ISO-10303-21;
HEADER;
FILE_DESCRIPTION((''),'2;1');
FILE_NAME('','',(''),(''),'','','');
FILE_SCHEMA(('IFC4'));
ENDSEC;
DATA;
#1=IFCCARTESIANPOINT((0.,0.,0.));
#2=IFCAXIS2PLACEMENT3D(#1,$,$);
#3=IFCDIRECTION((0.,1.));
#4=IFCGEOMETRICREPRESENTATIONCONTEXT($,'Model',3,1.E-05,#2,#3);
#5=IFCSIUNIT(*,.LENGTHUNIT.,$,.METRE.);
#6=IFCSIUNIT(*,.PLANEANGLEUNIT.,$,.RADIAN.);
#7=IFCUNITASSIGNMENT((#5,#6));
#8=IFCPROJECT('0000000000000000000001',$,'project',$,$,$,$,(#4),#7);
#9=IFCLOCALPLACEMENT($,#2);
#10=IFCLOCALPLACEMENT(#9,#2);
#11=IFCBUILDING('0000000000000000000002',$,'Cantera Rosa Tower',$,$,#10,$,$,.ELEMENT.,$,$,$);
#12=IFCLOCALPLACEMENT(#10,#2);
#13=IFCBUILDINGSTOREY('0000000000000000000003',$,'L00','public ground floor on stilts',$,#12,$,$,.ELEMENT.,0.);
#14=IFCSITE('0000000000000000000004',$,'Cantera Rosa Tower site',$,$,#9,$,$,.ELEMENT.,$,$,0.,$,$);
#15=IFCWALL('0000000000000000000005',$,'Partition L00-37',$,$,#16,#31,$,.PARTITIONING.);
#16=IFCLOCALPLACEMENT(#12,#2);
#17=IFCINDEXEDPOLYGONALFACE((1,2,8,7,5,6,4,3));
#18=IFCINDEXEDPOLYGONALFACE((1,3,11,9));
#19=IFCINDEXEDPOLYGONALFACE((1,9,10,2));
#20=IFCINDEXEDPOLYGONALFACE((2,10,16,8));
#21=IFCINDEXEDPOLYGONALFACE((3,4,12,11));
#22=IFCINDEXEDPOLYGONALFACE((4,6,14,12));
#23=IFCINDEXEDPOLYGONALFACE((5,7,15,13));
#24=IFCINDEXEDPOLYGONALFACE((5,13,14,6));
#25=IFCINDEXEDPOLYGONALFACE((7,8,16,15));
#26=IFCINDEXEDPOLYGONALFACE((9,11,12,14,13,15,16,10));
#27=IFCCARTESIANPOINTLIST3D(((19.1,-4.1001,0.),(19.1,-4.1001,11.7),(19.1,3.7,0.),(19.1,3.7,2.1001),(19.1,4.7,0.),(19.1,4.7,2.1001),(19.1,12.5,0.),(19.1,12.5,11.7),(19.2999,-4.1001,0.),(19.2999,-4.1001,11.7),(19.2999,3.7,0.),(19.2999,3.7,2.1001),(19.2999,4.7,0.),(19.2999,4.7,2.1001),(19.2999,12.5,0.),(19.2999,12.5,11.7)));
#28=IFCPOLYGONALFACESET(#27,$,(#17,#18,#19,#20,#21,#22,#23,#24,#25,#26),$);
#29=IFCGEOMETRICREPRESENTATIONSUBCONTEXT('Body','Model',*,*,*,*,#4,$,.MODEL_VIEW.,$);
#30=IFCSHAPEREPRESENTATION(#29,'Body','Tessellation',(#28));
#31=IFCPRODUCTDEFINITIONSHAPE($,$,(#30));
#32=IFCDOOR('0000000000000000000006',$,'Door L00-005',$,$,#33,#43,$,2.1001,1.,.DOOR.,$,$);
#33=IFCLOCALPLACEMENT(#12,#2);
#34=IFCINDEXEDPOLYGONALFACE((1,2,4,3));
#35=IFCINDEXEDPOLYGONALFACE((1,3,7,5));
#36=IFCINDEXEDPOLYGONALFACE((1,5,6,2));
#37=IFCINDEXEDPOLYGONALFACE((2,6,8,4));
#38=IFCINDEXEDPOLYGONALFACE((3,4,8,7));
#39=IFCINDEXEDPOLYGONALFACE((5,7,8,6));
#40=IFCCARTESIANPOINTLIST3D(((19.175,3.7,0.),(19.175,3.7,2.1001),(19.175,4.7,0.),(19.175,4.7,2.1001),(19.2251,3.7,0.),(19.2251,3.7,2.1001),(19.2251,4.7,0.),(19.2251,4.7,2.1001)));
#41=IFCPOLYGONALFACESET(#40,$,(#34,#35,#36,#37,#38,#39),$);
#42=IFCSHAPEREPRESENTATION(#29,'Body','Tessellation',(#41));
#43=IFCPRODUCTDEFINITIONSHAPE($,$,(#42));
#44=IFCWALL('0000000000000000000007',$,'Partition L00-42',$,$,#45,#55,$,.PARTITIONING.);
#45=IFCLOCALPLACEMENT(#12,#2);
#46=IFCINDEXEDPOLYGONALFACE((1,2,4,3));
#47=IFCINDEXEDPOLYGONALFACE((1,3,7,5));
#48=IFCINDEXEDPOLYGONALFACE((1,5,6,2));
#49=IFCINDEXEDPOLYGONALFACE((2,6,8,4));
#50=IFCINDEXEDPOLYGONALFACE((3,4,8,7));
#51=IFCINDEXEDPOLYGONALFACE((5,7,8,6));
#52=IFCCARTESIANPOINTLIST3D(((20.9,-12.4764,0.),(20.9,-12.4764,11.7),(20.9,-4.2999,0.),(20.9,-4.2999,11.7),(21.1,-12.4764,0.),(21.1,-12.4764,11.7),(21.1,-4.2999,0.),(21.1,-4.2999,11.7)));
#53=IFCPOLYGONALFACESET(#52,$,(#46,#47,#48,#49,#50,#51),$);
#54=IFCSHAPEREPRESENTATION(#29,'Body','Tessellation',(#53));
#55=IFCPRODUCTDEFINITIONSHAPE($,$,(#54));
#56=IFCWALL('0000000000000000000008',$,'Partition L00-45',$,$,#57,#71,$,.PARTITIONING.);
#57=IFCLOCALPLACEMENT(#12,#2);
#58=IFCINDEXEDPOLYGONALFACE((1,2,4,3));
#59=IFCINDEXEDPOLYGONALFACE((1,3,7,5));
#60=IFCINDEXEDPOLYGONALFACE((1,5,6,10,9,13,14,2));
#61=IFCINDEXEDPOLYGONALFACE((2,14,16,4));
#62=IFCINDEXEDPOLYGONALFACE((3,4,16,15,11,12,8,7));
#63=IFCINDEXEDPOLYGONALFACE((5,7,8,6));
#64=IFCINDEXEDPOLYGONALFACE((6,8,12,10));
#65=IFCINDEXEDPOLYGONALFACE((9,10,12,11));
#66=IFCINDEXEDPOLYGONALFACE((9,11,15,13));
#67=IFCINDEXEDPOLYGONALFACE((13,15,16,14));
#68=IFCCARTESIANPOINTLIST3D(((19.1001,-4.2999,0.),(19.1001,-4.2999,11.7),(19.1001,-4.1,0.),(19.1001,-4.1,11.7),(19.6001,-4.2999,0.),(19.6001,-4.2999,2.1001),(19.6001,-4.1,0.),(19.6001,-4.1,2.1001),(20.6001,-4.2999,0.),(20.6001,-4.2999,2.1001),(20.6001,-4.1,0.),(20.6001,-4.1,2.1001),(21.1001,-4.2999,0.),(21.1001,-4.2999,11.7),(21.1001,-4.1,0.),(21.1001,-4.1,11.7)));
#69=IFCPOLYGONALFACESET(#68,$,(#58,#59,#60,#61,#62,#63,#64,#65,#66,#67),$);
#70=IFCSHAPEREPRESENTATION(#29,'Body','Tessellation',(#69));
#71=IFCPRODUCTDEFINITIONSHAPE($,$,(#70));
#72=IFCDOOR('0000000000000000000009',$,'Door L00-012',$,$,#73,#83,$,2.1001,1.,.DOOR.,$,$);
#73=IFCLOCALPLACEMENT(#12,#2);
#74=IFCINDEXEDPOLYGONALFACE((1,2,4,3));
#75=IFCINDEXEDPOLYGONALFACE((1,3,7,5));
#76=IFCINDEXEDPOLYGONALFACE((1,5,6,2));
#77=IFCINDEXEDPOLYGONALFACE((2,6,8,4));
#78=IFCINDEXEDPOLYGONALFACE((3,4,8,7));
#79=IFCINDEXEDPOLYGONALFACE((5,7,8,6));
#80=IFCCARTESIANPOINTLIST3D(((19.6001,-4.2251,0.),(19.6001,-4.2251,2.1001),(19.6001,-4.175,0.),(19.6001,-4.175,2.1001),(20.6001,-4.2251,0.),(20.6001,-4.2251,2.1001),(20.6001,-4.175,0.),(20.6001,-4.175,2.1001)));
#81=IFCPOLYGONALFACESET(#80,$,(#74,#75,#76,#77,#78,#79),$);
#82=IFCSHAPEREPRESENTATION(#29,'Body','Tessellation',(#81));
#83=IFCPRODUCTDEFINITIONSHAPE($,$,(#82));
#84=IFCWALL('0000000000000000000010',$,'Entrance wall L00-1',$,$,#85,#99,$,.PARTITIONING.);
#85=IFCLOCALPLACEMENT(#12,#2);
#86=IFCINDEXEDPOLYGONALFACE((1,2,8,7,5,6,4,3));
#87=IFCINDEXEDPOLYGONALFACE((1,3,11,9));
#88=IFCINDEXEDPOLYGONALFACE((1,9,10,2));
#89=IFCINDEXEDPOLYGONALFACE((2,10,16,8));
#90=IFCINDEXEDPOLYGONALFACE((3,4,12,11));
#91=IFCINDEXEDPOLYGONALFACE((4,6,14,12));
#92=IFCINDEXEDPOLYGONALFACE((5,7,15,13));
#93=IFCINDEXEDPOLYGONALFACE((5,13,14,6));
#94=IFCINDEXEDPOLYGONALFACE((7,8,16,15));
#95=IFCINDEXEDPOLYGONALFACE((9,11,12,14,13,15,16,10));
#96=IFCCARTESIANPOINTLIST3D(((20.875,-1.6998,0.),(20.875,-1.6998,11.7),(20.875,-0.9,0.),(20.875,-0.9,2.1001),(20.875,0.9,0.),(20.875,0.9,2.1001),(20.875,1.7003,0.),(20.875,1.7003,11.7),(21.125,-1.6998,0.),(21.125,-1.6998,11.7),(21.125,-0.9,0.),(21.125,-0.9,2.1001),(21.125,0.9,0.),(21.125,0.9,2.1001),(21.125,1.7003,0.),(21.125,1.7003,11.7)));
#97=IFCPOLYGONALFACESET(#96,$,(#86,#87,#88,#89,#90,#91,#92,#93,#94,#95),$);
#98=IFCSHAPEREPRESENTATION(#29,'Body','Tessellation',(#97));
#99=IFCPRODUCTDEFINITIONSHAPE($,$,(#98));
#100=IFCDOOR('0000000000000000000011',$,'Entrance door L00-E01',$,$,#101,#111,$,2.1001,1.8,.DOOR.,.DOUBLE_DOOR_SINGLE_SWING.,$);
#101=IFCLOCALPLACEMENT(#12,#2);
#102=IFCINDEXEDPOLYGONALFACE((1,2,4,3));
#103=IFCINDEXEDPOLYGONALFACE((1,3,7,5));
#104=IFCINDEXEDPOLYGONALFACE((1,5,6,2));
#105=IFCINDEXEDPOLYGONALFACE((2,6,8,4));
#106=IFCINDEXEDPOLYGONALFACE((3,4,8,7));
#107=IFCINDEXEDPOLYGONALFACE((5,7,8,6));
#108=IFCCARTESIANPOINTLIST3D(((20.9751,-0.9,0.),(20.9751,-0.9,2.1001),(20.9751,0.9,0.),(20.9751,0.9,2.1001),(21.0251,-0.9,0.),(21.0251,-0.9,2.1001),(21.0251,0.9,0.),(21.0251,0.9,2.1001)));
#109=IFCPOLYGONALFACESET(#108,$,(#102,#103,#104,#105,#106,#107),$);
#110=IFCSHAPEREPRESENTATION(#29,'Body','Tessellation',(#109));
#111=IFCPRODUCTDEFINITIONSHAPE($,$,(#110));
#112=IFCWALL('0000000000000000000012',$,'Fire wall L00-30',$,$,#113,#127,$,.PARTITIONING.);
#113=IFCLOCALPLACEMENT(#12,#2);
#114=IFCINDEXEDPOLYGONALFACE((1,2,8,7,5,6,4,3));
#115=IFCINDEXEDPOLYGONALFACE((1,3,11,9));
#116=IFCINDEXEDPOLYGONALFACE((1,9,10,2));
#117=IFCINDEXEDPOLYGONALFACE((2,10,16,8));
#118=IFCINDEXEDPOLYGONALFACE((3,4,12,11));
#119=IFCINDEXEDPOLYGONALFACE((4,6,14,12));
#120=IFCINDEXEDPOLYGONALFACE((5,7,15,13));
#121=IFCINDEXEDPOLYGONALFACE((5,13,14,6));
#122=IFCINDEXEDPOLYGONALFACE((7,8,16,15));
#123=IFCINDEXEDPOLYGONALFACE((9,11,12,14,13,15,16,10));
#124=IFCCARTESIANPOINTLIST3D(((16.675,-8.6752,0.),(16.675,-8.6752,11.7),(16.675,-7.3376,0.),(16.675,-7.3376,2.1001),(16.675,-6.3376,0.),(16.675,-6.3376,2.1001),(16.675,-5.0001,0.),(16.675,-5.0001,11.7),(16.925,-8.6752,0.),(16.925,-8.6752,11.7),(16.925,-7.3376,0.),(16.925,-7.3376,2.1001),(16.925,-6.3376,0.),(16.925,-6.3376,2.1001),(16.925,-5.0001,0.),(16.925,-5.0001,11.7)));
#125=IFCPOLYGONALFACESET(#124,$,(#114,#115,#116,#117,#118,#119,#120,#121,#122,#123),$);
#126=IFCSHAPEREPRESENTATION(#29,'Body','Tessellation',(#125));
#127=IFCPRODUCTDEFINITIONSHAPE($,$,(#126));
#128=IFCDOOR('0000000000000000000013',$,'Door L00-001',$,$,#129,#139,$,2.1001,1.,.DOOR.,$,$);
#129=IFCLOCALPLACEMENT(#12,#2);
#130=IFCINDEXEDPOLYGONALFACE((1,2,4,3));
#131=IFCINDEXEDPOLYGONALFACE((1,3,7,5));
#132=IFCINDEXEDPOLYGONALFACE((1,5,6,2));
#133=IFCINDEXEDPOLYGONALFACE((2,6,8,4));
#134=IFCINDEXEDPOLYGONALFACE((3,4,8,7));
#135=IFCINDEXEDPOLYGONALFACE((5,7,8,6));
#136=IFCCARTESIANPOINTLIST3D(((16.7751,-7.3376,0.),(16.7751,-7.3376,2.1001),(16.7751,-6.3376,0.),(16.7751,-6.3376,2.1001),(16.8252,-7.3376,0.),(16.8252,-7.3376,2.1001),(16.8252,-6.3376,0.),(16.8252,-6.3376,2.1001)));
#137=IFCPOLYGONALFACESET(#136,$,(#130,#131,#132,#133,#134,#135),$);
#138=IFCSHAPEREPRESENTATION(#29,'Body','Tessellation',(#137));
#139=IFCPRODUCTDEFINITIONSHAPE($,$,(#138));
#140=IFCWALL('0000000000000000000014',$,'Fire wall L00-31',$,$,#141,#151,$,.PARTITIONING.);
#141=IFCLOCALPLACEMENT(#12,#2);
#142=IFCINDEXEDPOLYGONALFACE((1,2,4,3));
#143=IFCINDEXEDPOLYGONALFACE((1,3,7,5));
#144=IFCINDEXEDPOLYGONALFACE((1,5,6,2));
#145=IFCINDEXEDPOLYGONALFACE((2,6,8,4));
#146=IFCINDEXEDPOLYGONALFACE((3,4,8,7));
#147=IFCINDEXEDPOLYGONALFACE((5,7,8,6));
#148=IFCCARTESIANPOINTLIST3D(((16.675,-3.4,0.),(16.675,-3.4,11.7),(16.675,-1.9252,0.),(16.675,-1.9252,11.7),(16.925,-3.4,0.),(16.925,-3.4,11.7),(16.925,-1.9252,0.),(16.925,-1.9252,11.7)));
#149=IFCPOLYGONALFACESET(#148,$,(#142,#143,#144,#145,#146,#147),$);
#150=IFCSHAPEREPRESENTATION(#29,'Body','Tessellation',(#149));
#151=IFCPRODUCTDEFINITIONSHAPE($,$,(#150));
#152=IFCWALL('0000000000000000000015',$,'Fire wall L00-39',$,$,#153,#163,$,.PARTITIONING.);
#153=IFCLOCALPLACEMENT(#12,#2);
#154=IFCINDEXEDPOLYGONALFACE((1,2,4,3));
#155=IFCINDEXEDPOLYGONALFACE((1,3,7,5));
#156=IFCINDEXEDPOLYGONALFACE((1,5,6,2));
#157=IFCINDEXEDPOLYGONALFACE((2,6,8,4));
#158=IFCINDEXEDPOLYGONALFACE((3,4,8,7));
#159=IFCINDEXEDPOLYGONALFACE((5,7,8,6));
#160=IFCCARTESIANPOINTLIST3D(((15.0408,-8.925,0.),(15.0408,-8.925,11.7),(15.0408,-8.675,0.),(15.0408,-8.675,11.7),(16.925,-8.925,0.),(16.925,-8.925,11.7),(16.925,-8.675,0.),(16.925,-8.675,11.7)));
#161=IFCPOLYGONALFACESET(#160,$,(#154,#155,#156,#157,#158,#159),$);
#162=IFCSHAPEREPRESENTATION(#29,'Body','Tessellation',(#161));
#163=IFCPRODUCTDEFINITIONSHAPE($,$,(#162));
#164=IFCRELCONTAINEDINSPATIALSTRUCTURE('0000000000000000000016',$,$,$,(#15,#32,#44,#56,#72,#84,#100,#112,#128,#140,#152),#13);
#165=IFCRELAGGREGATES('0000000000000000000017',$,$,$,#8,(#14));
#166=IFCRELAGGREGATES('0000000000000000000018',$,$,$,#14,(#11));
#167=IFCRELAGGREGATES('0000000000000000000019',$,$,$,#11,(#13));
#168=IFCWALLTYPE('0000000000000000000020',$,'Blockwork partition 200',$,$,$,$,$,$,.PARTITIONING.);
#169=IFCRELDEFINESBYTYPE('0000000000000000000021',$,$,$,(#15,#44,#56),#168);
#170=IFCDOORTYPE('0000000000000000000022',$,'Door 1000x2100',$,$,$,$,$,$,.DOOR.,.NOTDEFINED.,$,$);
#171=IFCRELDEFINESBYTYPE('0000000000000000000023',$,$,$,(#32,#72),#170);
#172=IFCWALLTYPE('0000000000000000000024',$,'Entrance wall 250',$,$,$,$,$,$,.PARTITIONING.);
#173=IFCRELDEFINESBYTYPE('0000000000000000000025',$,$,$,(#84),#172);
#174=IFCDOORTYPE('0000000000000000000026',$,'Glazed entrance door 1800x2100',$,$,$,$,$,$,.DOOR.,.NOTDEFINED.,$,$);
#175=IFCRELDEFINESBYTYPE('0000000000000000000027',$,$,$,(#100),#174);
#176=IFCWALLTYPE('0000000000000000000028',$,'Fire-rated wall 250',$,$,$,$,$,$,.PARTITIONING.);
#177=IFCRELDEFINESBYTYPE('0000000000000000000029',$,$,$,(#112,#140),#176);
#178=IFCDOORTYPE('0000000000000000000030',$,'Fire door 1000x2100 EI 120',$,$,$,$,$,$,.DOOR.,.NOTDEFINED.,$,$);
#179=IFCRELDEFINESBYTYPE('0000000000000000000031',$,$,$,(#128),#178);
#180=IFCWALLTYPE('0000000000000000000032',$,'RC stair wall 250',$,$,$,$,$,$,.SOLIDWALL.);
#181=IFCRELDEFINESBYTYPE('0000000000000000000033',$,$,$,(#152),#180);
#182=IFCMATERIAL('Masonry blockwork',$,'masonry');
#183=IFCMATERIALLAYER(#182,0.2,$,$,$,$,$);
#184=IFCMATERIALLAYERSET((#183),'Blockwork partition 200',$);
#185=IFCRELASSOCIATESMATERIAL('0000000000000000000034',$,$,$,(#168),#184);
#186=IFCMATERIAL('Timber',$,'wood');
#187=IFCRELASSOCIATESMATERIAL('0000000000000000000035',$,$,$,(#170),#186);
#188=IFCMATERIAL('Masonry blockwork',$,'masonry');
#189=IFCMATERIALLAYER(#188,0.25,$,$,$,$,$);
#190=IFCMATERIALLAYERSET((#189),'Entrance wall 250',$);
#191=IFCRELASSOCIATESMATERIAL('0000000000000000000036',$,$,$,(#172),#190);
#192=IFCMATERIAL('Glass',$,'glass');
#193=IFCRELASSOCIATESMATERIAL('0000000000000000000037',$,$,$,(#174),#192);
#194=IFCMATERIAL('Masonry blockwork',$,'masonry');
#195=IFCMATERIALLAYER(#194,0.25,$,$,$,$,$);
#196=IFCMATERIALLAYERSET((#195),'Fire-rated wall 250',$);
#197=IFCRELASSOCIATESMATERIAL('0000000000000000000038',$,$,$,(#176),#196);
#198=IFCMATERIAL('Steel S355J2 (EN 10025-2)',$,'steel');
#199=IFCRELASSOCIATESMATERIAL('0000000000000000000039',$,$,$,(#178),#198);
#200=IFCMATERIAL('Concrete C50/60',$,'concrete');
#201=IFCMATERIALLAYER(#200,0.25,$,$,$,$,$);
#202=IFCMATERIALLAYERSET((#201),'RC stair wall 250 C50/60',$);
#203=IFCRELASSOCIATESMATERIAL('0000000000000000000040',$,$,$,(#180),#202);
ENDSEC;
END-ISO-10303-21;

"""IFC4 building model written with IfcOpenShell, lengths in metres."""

from ifc_helpers import new_model, si_unit, direction, frame, frame_2d, origin, place, context, subcontext, project, spatial, rectangle, extrude, material, layer, layer_set, type_object, element, fill, save


model = new_model("IFC4")

# Units and contexts
model_context = context("Model", 3, precision=1e-05, world=origin(), true_north=direction((0.0, 1.0)))
body_context = subcontext(model_context, "Body", "Model", "MODEL_VIEW")
ifc_project = project(units=[si_unit("LENGTHUNIT", "METRE"), si_unit("PLANEANGLEUNIT", "RADIAN")], contexts=[model_context])

# Site, building, storey
site_placement = place(None, origin())
site = spatial("IfcSite", under=ifc_project, at=site_placement, Name="Cantera Rosa Tower site", CompositionType="ELEMENT", RefElevation=0.0)
building_placement = place(site_placement, origin())
building = spatial("IfcBuilding", under=site, at=building_placement, Name="Cantera Rosa Tower", CompositionType="ELEMENT")
storey_placement = place(building_placement, origin())
storey = spatial("IfcBuildingStorey", under=building, at=storey_placement, Name="L00", Description="public ground floor on stilts", CompositionType="ELEMENT", Elevation=0.0)

# Shared definitions
ifc_material_1 = material(Name="Masonry blockwork", Category="masonry")
ifc_layer_1 = layer(ifc_material_1, 0.2)
ifc_layer_set_1 = layer_set([ifc_layer_1], Name="Blockwork partition 200")
wall_type_1 = type_object("IfcWallType", Name="Blockwork partition 200", PredefinedType="PARTITIONING", material=ifc_layer_set_1)

# Wall, opening, door
ifc_material_2 = material(Name="Timber", Category="wood")
door_type_1 = type_object("IfcDoorType", Name="Door 1000x2100", OperationType="NOTDEFINED", PredefinedType="DOOR", material=ifc_material_2)
wall_1_placement = place(storey_placement, frame((19.2, -4.1001, 0.0), z_axis=(0.0, 0.0, 1.0), x_axis=(0.0, 1.0, 0.0)))
wall_1 = element("IfcWall", 1, at=wall_1_placement, inside=storey, type_object=wall_type_1, Name="Partition L00-37", PredefinedType="PARTITIONING", context=body_context, shape_type="SweptSolid", body=[
    extrude(rectangle(XDim=16.6001, YDim=0.2, at=frame_2d((8.3, 0.0))), origin(), (0.0, 0.0, 1.0), 11.7),
])
opening_1_placement = place(wall_1_placement, frame((7.8, 0.0, 0.0)))
opening_1 = element("IfcOpeningElement", 2, at=opening_1_placement, cuts=wall_1, PredefinedType="OPENING", context=body_context, shape_type="SweptSolid", body=[
    extrude(rectangle(XDim=1.0, YDim=2.1001, at=frame_2d((0.5, 1.05))), frame((0.0, 0.1099, 0.0), z_axis=(0.0, -1.0, 0.0), x_axis=(1.0, 0.0, 0.0)), (0.0, 0.0, 1.0), 0.22),
])
door_1_placement = place(opening_1_placement, origin())
door_1 = element("IfcDoor", 3, at=door_1_placement, inside=storey, type_object=door_type_1, Name="Door L00-005", OverallHeight=2.1001, OverallWidth=1.0, PredefinedType="DOOR", context=body_context, shape_type="SweptSolid", body=[
    extrude(rectangle(XDim=1.0, YDim=2.1001, at=frame_2d((0.5, 1.05))), frame((0.0, 0.0249, 0.0), z_axis=(0.0, -1.0, 0.0), x_axis=(1.0, 0.0, 0.0)), (0.0, 0.0, 1.0), 0.05),
])
fill(opening_1, door_1)

# Wall
wall_2_placement = place(storey_placement, frame((21.0, -12.4766, 0.0), z_axis=(0.0, 0.0, 1.0), x_axis=(0.0, 1.0, 0.0)))
element("IfcWall", 4, at=wall_2_placement, inside=storey, type_object=wall_type_1, Name="Partition L00-42", PredefinedType="PARTITIONING", context=body_context, shape_type="SweptSolid", body=[
    extrude(rectangle(XDim=8.1765, YDim=0.2, at=frame_2d((4.0884, 0.0))), origin(), (0.0, 0.0, 1.0), 11.7),
])

# Walls, openings, doors
wall_3_placement = place(storey_placement, frame((19.1001, -4.2, 0.0), z_axis=(0.0, 0.0, 1.0), x_axis=(1.0, 0.0, 0.0)))
wall_3 = element("IfcWall", 5, at=wall_3_placement, inside=storey, type_object=wall_type_1, Name="Partition L00-45", PredefinedType="PARTITIONING", context=body_context, shape_type="SweptSolid", body=[
    extrude(rectangle(XDim=2.0, YDim=0.2, at=frame_2d((1.0, 0.0))), origin(), (0.0, 0.0, 1.0), 11.7),
])
opening_2_placement = place(wall_3_placement, frame((0.5, 0.0, 0.0)))
opening_2 = element("IfcOpeningElement", 6, at=opening_2_placement, cuts=wall_3, PredefinedType="OPENING", context=body_context, shape_type="SweptSolid", body=[
    extrude(rectangle(XDim=1.0, YDim=2.1001, at=frame_2d((0.5, 1.05))), frame((0.0, 0.1099, 0.0), z_axis=(0.0, -1.0, 0.0), x_axis=(1.0, 0.0, 0.0)), (0.0, 0.0, 1.0), 0.22),
])
door_2_placement = place(opening_2_placement, origin())
door_2 = element("IfcDoor", 7, at=door_2_placement, inside=storey, type_object=door_type_1, Name="Door L00-012", OverallHeight=2.1001, OverallWidth=1.0, PredefinedType="DOOR", context=body_context, shape_type="SweptSolid", body=[
    extrude(rectangle(XDim=1.0, YDim=2.1001, at=frame_2d((0.5, 1.05))), frame((0.0, 0.0249, 0.0), z_axis=(0.0, -1.0, 0.0), x_axis=(1.0, 0.0, 0.0)), (0.0, 0.0, 1.0), 0.05),
])
fill(opening_2, door_2)
ifc_material_3 = material(Name="Masonry blockwork", Category="masonry")
ifc_layer_2 = layer(ifc_material_3, 0.25)
ifc_layer_set_2 = layer_set([ifc_layer_2], Name="Entrance wall 250")
wall_type_2 = type_object("IfcWallType", Name="Entrance wall 250", PredefinedType="PARTITIONING", material=ifc_layer_set_2)
wall_4_placement = place(storey_placement, frame((21.0, -1.7, 0.0), z_axis=(0.0, 0.0, 1.0), x_axis=(0.0, 1.0, 0.0)))
wall_4 = element("IfcWall", 8, at=wall_4_placement, inside=storey, type_object=wall_type_2, Name="Entrance wall L00-1", PredefinedType="PARTITIONING", context=body_context, shape_type="SweptSolid", body=[
    extrude(rectangle(XDim=3.4001, YDim=0.25, at=frame_2d((1.7002, 0.0))), origin(), (0.0, 0.0, 1.0), 11.7),
])
opening_3_placement = place(wall_4_placement, frame((0.8, 0.0, 0.0)))
opening_3 = element("IfcOpeningElement", 9, at=opening_3_placement, cuts=wall_4, PredefinedType="OPENING", context=body_context, shape_type="SweptSolid", body=[
    extrude(rectangle(XDim=1.8, YDim=2.1001, at=frame_2d((0.8999, 1.05))), frame((0.0, 0.135, 0.0), z_axis=(0.0, -1.0, 0.0), x_axis=(1.0, 0.0, 0.0)), (0.0, 0.0, 1.0), 0.27),
])
ifc_material_4 = material(Name="Glass", Category="glass")
door_type_2 = type_object("IfcDoorType", Name="Glazed entrance door 1800x2100", OperationType="NOTDEFINED", PredefinedType="DOOR", material=ifc_material_4)
door_3_placement = place(opening_3_placement, origin())
door_3 = element("IfcDoor", 10, at=door_3_placement, inside=storey, type_object=door_type_2, Name="Entrance door L00-E01", OperationType="DOUBLE_DOOR_SINGLE_SWING", OverallHeight=2.1001, OverallWidth=1.8, PredefinedType="DOOR", context=body_context, shape_type="SweptSolid", body=[
    extrude(rectangle(XDim=1.8, YDim=2.1001, at=frame_2d((0.8999, 1.05))), frame((0.0, 0.0249, 0.0), z_axis=(0.0, -1.0, 0.0), x_axis=(1.0, 0.0, 0.0)), (0.0, 0.0, 1.0), 0.05),
])
fill(opening_3, door_3)
ifc_material_5 = material(Name="Masonry blockwork", Category="masonry")
ifc_layer_3 = layer(ifc_material_5, 0.25)
ifc_layer_set_3 = layer_set([ifc_layer_3], Name="Fire-rated wall 250")
wall_type_3 = type_object("IfcWallType", Name="Fire-rated wall 250", PredefinedType="PARTITIONING", material=ifc_layer_set_3)
wall_5_placement = place(storey_placement, frame((16.8, -8.675, 0.0), z_axis=(0.0, 0.0, 1.0), x_axis=(0.0, 1.0, 0.0)))
wall_5 = element("IfcWall", 11, at=wall_5_placement, inside=storey, type_object=wall_type_3, Name="Fire wall L00-30", PredefinedType="PARTITIONING", context=body_context, shape_type="SweptSolid", body=[
    extrude(rectangle(XDim=3.675, YDim=0.25, at=frame_2d((1.8374, 0.0))), origin(), (0.0, 0.0, 1.0), 11.7),
])
opening_4_placement = place(wall_5_placement, frame((1.3374, 0.0, 0.0)))
opening_4 = element("IfcOpeningElement", 12, at=opening_4_placement, cuts=wall_5, PredefinedType="OPENING", context=body_context, shape_type="SweptSolid", body=[
    extrude(rectangle(XDim=1.0, YDim=2.1001, at=frame_2d((0.5, 1.05))), frame((0.0, 0.135, 0.0), z_axis=(0.0, -1.0, 0.0), x_axis=(1.0, 0.0, 0.0)), (0.0, 0.0, 1.0), 0.27),
])
ifc_material_6 = material(Name="Steel S355J2 (EN 10025-2)", Category="steel")
door_type_3 = type_object("IfcDoorType", Name="Fire door 1000x2100 EI 120", OperationType="NOTDEFINED", PredefinedType="DOOR", material=ifc_material_6)
door_4_placement = place(opening_4_placement, origin())
door_4 = element("IfcDoor", 13, at=door_4_placement, inside=storey, type_object=door_type_3, Name="Door L00-001", OverallHeight=2.1001, OverallWidth=1.0, PredefinedType="DOOR", context=body_context, shape_type="SweptSolid", body=[
    extrude(rectangle(XDim=1.0, YDim=2.1001, at=frame_2d((0.5, 1.05))), frame((0.0, 0.0249, 0.0), z_axis=(0.0, -1.0, 0.0), x_axis=(1.0, 0.0, 0.0)), (0.0, 0.0, 1.0), 0.05),
])
fill(opening_4, door_4)

# Walls
wall_6_placement = place(storey_placement, frame((16.8, -3.3999, 0.0), z_axis=(0.0, 0.0, 1.0), x_axis=(0.0, 1.0, 0.0)))
element("IfcWall", 14, at=wall_6_placement, inside=storey, type_object=wall_type_3, Name="Fire wall L00-31", PredefinedType="PARTITIONING", context=body_context, shape_type="SweptSolid", body=[
    extrude(rectangle(XDim=1.4749, YDim=0.25, at=frame_2d((0.7373, 0.0))), origin(), (0.0, 0.0, 1.0), 11.7),
])
ifc_material_7 = material(Name="Concrete C50/60", Category="concrete")
ifc_layer_4 = layer(ifc_material_7, 0.25)
ifc_layer_set_4 = layer_set([ifc_layer_4], Name="RC stair wall 250 C50/60")
wall_type_4 = type_object("IfcWallType", Name="RC stair wall 250", PredefinedType="SOLIDWALL", material=ifc_layer_set_4)
wall_7_placement = place(storey_placement, frame((15.0408, -8.8, 0.0), z_axis=(0.0, 0.0, 1.0), x_axis=(1.0, 0.0, 0.0)))
element("IfcWall", 15, at=wall_7_placement, inside=storey, type_object=wall_type_4, Name="Fire wall L00-39", PredefinedType="PARTITIONING", context=body_context, shape_type="SweptSolid", body=[
    extrude(rectangle(XDim=1.8843, YDim=0.25, at=frame_2d((0.9421, 0.0))), origin(), (0.0, 0.0, 1.0), 11.7),
])

save(model, "model.ifc")
